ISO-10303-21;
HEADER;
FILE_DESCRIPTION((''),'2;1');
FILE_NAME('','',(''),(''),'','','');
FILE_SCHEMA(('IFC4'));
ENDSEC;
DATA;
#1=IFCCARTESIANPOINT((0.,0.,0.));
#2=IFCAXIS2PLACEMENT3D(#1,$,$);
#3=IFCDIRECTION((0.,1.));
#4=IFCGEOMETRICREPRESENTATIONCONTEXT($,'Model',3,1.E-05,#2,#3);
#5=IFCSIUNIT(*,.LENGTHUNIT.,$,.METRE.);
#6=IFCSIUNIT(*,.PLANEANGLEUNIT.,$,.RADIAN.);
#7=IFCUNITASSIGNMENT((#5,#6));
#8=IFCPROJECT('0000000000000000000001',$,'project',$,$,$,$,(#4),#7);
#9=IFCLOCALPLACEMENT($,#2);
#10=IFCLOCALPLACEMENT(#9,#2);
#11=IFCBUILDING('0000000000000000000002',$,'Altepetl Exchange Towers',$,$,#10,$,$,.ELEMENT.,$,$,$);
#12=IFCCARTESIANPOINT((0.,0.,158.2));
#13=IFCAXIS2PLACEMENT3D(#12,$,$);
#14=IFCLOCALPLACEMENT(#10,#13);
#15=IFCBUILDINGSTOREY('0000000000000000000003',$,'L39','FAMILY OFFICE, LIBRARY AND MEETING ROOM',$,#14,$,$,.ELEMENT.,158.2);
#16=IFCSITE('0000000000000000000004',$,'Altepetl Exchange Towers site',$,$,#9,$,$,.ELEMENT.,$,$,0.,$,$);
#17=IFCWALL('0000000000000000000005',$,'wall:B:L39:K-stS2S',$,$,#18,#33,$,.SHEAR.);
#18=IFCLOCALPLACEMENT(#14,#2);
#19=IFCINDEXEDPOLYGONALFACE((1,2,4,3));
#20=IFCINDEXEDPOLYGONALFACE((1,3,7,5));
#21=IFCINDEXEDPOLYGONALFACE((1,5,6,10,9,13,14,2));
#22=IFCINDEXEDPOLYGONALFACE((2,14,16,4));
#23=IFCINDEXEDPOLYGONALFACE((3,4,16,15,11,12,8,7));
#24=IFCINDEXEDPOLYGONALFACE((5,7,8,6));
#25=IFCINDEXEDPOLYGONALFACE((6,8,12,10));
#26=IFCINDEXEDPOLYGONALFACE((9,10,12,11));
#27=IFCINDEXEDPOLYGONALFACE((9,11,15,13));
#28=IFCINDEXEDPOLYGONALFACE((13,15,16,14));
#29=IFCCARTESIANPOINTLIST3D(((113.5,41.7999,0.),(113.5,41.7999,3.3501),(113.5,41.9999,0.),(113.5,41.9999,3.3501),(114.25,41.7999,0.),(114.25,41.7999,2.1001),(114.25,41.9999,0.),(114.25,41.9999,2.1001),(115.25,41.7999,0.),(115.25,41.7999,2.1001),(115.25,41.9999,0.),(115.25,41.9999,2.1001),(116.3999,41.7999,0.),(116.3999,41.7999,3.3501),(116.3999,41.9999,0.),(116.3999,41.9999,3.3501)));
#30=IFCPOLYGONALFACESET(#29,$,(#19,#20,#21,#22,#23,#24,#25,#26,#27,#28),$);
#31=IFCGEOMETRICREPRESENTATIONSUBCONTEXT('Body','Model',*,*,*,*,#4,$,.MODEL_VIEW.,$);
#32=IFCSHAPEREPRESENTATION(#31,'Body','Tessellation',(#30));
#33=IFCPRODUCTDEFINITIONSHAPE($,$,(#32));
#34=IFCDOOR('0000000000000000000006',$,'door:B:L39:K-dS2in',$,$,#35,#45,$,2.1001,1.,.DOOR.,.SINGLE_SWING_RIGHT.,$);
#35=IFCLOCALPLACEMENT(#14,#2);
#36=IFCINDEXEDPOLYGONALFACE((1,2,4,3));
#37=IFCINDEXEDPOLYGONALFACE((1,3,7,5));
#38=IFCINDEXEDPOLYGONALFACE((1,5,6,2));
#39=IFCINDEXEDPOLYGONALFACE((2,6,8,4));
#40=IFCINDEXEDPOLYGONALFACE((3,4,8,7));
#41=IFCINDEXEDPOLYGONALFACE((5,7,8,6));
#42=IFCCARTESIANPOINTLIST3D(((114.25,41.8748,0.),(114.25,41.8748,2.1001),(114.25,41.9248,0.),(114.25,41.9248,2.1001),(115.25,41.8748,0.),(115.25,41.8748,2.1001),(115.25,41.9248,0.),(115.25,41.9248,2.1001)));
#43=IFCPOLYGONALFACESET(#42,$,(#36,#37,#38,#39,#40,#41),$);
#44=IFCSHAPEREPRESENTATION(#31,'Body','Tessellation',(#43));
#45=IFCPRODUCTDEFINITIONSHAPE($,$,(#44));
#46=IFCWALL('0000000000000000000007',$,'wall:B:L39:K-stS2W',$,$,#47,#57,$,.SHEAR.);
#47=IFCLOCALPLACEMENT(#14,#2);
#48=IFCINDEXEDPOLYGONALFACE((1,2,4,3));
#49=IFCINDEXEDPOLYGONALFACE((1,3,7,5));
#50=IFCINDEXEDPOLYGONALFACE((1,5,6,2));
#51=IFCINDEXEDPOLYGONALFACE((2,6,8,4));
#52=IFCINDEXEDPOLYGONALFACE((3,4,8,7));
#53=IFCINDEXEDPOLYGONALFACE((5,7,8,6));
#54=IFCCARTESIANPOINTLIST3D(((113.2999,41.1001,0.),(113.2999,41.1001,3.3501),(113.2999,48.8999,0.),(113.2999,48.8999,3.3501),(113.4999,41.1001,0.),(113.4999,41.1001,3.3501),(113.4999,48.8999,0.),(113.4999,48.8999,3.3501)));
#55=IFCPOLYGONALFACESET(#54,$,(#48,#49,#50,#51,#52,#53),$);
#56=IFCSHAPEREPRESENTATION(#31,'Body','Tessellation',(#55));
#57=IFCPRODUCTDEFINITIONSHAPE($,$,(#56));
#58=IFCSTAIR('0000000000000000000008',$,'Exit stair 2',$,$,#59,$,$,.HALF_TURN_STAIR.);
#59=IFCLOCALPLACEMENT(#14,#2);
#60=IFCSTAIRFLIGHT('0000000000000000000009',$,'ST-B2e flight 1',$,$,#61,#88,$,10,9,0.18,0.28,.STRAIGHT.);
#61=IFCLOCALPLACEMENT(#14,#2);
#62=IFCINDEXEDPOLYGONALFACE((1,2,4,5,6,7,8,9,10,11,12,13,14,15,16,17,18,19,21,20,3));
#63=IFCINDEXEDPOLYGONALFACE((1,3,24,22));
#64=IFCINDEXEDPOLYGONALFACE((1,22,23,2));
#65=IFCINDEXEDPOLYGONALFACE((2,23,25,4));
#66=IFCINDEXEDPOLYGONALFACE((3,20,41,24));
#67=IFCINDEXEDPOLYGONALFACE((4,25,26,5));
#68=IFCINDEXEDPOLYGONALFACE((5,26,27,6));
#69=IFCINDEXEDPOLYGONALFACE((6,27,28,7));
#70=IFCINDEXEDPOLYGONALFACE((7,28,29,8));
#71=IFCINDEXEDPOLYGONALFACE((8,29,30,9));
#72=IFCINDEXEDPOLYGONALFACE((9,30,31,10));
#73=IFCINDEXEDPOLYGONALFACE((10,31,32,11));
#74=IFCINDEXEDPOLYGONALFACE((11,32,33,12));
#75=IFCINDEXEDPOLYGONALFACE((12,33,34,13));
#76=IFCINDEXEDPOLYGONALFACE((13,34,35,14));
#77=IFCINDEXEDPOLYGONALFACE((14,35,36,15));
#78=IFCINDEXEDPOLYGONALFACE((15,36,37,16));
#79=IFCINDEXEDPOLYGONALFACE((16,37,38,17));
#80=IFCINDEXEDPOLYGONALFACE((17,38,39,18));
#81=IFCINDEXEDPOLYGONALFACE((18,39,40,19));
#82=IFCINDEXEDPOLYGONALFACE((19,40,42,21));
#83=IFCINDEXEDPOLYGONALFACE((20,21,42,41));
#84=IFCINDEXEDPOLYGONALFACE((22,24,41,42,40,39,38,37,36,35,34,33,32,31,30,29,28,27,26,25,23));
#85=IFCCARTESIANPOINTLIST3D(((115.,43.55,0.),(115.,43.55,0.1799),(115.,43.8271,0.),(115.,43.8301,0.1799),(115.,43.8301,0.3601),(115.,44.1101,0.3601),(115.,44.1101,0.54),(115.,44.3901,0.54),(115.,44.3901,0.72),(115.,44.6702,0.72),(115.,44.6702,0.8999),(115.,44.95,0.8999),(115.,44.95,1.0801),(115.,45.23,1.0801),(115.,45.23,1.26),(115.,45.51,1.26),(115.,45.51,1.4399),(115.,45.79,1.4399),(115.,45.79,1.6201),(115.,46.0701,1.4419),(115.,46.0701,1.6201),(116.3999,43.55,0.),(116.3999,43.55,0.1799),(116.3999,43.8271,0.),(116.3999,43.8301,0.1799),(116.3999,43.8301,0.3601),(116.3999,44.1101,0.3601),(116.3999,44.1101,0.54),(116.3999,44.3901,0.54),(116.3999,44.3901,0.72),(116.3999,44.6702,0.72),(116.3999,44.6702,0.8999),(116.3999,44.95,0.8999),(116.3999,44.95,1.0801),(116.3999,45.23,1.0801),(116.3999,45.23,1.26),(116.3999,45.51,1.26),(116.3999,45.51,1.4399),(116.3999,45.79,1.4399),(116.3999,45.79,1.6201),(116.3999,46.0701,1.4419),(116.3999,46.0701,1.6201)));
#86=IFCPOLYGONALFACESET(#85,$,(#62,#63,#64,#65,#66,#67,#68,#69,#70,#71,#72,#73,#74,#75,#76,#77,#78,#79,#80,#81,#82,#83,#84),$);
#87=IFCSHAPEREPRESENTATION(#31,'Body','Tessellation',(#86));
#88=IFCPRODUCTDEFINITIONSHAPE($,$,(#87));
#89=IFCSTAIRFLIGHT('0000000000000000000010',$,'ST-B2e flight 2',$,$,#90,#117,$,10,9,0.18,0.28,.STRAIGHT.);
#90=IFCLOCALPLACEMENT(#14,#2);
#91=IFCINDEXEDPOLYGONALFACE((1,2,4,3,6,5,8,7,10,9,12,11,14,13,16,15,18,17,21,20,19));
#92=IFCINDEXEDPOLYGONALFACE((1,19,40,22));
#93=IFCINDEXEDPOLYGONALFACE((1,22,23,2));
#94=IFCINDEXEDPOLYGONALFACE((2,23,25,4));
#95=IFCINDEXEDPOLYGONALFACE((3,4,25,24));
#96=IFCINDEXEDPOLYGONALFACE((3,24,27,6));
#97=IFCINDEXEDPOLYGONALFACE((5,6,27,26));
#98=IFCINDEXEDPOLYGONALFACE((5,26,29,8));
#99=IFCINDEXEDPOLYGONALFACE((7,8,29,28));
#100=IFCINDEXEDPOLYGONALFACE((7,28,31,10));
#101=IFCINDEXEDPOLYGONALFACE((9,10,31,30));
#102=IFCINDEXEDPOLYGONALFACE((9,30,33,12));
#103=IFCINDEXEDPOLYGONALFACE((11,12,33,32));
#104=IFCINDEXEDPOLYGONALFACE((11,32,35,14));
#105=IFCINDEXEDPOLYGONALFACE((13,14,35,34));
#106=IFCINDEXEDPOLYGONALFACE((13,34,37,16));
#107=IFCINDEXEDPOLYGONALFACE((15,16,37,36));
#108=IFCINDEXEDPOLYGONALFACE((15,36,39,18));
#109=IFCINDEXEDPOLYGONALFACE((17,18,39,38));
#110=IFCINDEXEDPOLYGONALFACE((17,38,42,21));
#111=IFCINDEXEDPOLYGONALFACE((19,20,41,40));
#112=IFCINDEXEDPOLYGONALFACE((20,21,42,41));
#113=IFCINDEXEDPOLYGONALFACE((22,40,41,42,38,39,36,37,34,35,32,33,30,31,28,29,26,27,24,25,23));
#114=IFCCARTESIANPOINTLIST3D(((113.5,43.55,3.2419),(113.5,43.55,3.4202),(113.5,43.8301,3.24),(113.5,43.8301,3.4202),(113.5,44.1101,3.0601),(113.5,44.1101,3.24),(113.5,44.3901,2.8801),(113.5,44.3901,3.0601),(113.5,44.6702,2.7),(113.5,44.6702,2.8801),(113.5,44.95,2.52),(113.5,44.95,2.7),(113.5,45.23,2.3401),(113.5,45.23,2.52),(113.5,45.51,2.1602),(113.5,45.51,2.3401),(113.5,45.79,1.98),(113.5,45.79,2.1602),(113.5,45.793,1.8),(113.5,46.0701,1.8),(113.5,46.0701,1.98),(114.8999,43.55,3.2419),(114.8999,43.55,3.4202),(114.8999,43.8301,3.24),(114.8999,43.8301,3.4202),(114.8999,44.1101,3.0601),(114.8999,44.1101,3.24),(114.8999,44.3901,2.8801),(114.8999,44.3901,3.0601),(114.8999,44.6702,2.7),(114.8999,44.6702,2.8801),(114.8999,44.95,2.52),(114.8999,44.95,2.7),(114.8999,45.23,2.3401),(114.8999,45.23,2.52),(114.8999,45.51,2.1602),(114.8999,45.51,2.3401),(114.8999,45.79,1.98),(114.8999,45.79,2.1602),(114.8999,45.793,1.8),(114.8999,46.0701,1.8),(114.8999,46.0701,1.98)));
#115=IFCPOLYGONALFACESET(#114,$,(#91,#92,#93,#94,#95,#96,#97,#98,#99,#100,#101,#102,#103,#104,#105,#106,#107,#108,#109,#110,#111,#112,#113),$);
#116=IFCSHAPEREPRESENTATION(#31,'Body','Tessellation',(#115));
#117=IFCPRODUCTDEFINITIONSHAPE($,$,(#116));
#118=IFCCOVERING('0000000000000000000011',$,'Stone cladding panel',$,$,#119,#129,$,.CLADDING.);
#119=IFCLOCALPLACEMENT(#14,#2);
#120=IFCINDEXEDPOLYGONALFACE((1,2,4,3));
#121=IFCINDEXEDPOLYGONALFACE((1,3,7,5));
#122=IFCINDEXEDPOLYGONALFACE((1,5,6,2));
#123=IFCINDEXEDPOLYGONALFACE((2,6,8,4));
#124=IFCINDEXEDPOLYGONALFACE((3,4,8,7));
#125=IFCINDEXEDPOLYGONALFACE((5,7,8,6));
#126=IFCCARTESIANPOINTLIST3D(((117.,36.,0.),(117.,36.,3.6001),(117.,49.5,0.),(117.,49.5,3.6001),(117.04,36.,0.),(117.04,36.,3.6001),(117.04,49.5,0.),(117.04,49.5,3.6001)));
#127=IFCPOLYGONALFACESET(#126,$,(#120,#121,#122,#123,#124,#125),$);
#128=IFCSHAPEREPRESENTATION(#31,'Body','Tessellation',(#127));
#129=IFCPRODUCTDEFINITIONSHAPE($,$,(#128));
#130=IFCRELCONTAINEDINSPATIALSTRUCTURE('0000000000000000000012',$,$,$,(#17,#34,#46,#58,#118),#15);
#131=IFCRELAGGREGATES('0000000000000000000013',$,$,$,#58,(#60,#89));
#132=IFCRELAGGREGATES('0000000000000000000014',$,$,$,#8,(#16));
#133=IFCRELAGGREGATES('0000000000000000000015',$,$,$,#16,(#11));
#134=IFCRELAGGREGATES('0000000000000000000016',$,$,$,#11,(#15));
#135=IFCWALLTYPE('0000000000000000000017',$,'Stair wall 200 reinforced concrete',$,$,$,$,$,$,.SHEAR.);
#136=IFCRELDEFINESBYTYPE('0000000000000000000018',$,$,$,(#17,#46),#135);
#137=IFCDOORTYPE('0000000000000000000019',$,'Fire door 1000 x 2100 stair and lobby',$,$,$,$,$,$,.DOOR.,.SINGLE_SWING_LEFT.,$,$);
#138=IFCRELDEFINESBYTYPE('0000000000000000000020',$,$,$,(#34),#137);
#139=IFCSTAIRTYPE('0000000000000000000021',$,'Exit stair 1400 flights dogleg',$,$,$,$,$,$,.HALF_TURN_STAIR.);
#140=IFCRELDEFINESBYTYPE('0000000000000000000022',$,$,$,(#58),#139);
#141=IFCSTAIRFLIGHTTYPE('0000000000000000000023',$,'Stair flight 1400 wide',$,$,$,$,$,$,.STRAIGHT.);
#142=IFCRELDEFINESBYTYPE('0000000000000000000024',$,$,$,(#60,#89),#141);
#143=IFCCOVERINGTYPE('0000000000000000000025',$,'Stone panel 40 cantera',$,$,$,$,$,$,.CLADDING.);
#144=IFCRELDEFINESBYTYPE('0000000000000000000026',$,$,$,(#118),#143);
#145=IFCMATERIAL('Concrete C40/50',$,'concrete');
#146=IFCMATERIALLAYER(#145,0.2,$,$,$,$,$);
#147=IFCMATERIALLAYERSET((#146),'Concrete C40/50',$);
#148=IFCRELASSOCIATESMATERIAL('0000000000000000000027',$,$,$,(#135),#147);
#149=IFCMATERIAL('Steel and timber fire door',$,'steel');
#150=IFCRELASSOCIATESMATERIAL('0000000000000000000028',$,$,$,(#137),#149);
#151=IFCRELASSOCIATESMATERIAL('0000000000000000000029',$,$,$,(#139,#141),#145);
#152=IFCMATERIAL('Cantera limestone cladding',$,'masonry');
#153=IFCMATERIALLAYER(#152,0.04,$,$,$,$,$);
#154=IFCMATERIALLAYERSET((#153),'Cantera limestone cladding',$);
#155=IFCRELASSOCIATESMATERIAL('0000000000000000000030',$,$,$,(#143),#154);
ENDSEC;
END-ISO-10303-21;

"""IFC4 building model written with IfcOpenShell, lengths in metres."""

from ifc_helpers import new_model, si_unit, direction, frame, frame_2d, origin, origin_2d, place, context, subcontext, project, spatial, polyline, rectangle, outline, extrude, material, layer, layer_set, type_object, element, fill, aggregate, save


model = new_model("IFC4")

# Units and contexts
model_context = context("Model", 3, precision=1e-05, world=origin(), true_north=direction((0.0, 1.0)))
body_context = subcontext(model_context, "Body", "Model", "MODEL_VIEW")
ifc_project = project(units=[si_unit("LENGTHUNIT", "METRE"), si_unit("PLANEANGLEUNIT", "RADIAN")], contexts=[model_context])

# Site, building, storey
site_placement = place(None, origin())
site = spatial("IfcSite", under=ifc_project, at=site_placement, Name="Altepetl Exchange Towers site", CompositionType="ELEMENT", RefElevation=0.0)
building_placement = place(site_placement, origin())
building = spatial("IfcBuilding", under=site, at=building_placement, Name="Altepetl Exchange Towers", CompositionType="ELEMENT")
storey_placement = place(building_placement, frame((0.0, 0.0, 158.2)))
storey = spatial("IfcBuildingStorey", under=building, at=storey_placement, Name="L39", Description="FAMILY OFFICE, LIBRARY AND MEETING ROOM", CompositionType="ELEMENT", Elevation=158.2)

# Shared definitions
ifc_material_1 = material(Name="Steel and timber fire door", Category="steel")

# Shared definitions
ifc_material_2 = material(Name="Concrete C40/50", Category="concrete")

# Wall, opening, door
ifc_layer_1 = layer(ifc_material_2, 0.2)
ifc_layer_set_1 = layer_set([ifc_layer_1], Name="Concrete C40/50")
wall_type_1 = type_object("IfcWallType", Name="Stair wall 200 reinforced concrete", PredefinedType="SHEAR", material=ifc_layer_set_1)
wall_1_placement = place(storey_placement, frame((113.5, 41.8999, 0.0)))
wall_1 = element("IfcWall", 1, at=wall_1_placement, inside=storey, type_object=wall_type_1, Name="wall:B:L39:K-stS2S", PredefinedType="SHEAR", context=body_context, shape_type="SweptSolid", body=[
    extrude(rectangle(XDim=2.8999, YDim=0.2, at=frame_2d((1.45, 0.0))), origin(), (0.0, 0.0, 1.0), 3.3501),
])
opening_1_placement = place(wall_1_placement, frame((0.75, 0.0, 0.0)))
opening_1 = element("IfcOpeningElement", 2, at=opening_1_placement, cuts=wall_1, PredefinedType="OPENING", context=body_context, shape_type="SweptSolid", body=[
    extrude(rectangle(XDim=1.0, YDim=2.1001, at=frame_2d((0.5, 1.05))), frame((0.0, 0.1099, 0.0), z_axis=(0.0, -1.0, 0.0), x_axis=(1.0, 0.0, 0.0)), (0.0, 0.0, 1.0), 0.22),
])
door_type_1 = type_object("IfcDoorType", Name="Fire door 1000 x 2100 stair and lobby", OperationType="SINGLE_SWING_LEFT", PredefinedType="DOOR", material=ifc_material_1)
door_1_placement = place(opening_1_placement, origin())
door_1 = element("IfcDoor", 3, at=door_1_placement, inside=storey, type_object=door_type_1, Name="door:B:L39:K-dS2in", OperationType="SINGLE_SWING_RIGHT", OverallHeight=2.1001, OverallWidth=1.0, PredefinedType="DOOR", context=body_context, shape_type="SweptSolid", body=[
    extrude(rectangle(XDim=1.0, YDim=2.1001, at=frame_2d((0.5, 1.05))), frame((0.0, 0.0249, 0.0), z_axis=(0.0, -1.0, 0.0), x_axis=(1.0, 0.0, 0.0)), (0.0, 0.0, 1.0), 0.05),
])
fill(opening_1, door_1)

# Wall
wall_2_placement = place(storey_placement, frame((113.3999, 41.1001, 0.0), z_axis=(0.0, 0.0, 1.0), x_axis=(0.0, 1.0, 0.0)))
element("IfcWall", 4, at=wall_2_placement, inside=storey, type_object=wall_type_1, Name="wall:B:L39:K-stS2W", PredefinedType="SHEAR", context=body_context, shape_type="SweptSolid", body=[
    extrude(rectangle(XDim=7.7998, YDim=0.2, at=frame_2d((3.8999, 0.0))), origin(), (0.0, 0.0, 1.0), 3.3501),
])

# Stair, stair flights
stair_type = type_object("IfcStairType", Name="Exit stair 1400 flights dogleg", PredefinedType="HALF_TURN_STAIR", material=ifc_material_2)
stair_placement = place(storey_placement, origin())
stair = element("IfcStair", 5, at=stair_placement, inside=storey, type_object=stair_type, Name="Exit stair 2", PredefinedType="HALF_TURN_STAIR")
stair_flight_type = type_object("IfcStairFlightType", Name="Stair flight 1400 wide", PredefinedType="STRAIGHT", material=ifc_material_2)
stair_flight_1_placement = place(storey_placement, frame((115.7, 43.55, 0.0), z_axis=(0.0, 0.0, 1.0), x_axis=(0.0, 1.0, 0.0)))
stair_flight_1 = element("IfcStairFlight", 6, at=stair_flight_1_placement, type_object=stair_flight_type, Name="ST-B2e flight 1", NumberOfRisers=10, NumberOfTreads=9, PredefinedType="STRAIGHT", RiserHeight=0.18, TreadLength=0.28, context=body_context, shape_type="SweptSolid", body=[
    extrude(outline(polyline([(0.0, 0.0), (0.0, 0.1799), (0.28, 0.1799), (0.28, 0.3601), (0.5601, 0.3601), (0.5601, 0.54), (0.8401, 0.54), (0.8401, 0.72), (1.1201, 0.72), (1.1201, 0.8999), (1.3999, 0.8999), (1.3999, 1.0801), (1.6799, 1.0801), (1.6799, 1.26), (1.96, 1.26), (1.96, 1.4399), (2.24, 1.4399), (2.24, 1.6201), (2.52, 1.6201), (2.52, 1.8), (2.52, 1.4419), (0.2771, 0.0), (0.0, 0.0)])), frame((0.0, 0.7, 0.0), z_axis=(0.0, -1.0, 0.0), x_axis=(1.0, 0.0, 0.0)), (0.0, 0.0, 1.0), 1.3999),
])
stair_flight_2_placement = place(storey_placement, frame((114.2, 46.0701, 1.8), z_axis=(0.0, 0.0, 1.0), x_axis=(0.0, -1.0, 0.0)))
stair_flight_2 = element("IfcStairFlight", 7, at=stair_flight_2_placement, type_object=stair_flight_type, Name="ST-B2e flight 2", NumberOfRisers=10, NumberOfTreads=9, PredefinedType="STRAIGHT", RiserHeight=0.18, TreadLength=0.28, context=body_context, shape_type="SweptSolid", body=[
    extrude(outline(polyline([(0.0, 0.0), (0.0, 0.1799), (0.28, 0.1799), (0.28, 0.3601), (0.5601, 0.3601), (0.5601, 0.54), (0.8401, 0.54), (0.8401, 0.72), (1.1201, 0.72), (1.1201, 0.8999), (1.3999, 0.8999), (1.3999, 1.0801), (1.6799, 1.0801), (1.6799, 1.26), (1.96, 1.26), (1.96, 1.4399), (2.24, 1.4399), (2.24, 1.6201), (2.52, 1.6201), (2.52, 1.8), (2.52, 1.4419), (0.2771, 0.0), (0.0, 0.0)])), frame((0.0, 0.7, 0.0), z_axis=(0.0, -1.0, 0.0), x_axis=(1.0, 0.0, 0.0)), (0.0, 0.0, 1.0), 1.3999),
])
aggregate(stair, [stair_flight_1, stair_flight_2])

# Covering
ifc_material_3 = material(Name="Cantera limestone cladding", Category="masonry")
ifc_layer_2 = layer(ifc_material_3, 0.04)
ifc_layer_set_2 = layer_set([ifc_layer_2], Name="Cantera limestone cladding")
covering_type = type_object("IfcCoveringType", Name="Stone panel 40 cantera", PredefinedType="CLADDING", material=ifc_layer_set_2)
covering_placement = place(storey_placement, frame((117.02, 42.75, 0.0), z_axis=(0.0, 0.0, 1.0), x_axis=(0.0, 1.0, 0.0)))
element("IfcCovering", 8, at=covering_placement, inside=storey, type_object=covering_type, Name="Stone cladding panel", PredefinedType="CLADDING", context=body_context, shape_type="SweptSolid", body=[
    extrude(rectangle(XDim=13.5, YDim=0.04, at=origin_2d()), origin(), (0.0, 0.0, 1.0), 3.6001),
])

save(model, "model.ifc")
